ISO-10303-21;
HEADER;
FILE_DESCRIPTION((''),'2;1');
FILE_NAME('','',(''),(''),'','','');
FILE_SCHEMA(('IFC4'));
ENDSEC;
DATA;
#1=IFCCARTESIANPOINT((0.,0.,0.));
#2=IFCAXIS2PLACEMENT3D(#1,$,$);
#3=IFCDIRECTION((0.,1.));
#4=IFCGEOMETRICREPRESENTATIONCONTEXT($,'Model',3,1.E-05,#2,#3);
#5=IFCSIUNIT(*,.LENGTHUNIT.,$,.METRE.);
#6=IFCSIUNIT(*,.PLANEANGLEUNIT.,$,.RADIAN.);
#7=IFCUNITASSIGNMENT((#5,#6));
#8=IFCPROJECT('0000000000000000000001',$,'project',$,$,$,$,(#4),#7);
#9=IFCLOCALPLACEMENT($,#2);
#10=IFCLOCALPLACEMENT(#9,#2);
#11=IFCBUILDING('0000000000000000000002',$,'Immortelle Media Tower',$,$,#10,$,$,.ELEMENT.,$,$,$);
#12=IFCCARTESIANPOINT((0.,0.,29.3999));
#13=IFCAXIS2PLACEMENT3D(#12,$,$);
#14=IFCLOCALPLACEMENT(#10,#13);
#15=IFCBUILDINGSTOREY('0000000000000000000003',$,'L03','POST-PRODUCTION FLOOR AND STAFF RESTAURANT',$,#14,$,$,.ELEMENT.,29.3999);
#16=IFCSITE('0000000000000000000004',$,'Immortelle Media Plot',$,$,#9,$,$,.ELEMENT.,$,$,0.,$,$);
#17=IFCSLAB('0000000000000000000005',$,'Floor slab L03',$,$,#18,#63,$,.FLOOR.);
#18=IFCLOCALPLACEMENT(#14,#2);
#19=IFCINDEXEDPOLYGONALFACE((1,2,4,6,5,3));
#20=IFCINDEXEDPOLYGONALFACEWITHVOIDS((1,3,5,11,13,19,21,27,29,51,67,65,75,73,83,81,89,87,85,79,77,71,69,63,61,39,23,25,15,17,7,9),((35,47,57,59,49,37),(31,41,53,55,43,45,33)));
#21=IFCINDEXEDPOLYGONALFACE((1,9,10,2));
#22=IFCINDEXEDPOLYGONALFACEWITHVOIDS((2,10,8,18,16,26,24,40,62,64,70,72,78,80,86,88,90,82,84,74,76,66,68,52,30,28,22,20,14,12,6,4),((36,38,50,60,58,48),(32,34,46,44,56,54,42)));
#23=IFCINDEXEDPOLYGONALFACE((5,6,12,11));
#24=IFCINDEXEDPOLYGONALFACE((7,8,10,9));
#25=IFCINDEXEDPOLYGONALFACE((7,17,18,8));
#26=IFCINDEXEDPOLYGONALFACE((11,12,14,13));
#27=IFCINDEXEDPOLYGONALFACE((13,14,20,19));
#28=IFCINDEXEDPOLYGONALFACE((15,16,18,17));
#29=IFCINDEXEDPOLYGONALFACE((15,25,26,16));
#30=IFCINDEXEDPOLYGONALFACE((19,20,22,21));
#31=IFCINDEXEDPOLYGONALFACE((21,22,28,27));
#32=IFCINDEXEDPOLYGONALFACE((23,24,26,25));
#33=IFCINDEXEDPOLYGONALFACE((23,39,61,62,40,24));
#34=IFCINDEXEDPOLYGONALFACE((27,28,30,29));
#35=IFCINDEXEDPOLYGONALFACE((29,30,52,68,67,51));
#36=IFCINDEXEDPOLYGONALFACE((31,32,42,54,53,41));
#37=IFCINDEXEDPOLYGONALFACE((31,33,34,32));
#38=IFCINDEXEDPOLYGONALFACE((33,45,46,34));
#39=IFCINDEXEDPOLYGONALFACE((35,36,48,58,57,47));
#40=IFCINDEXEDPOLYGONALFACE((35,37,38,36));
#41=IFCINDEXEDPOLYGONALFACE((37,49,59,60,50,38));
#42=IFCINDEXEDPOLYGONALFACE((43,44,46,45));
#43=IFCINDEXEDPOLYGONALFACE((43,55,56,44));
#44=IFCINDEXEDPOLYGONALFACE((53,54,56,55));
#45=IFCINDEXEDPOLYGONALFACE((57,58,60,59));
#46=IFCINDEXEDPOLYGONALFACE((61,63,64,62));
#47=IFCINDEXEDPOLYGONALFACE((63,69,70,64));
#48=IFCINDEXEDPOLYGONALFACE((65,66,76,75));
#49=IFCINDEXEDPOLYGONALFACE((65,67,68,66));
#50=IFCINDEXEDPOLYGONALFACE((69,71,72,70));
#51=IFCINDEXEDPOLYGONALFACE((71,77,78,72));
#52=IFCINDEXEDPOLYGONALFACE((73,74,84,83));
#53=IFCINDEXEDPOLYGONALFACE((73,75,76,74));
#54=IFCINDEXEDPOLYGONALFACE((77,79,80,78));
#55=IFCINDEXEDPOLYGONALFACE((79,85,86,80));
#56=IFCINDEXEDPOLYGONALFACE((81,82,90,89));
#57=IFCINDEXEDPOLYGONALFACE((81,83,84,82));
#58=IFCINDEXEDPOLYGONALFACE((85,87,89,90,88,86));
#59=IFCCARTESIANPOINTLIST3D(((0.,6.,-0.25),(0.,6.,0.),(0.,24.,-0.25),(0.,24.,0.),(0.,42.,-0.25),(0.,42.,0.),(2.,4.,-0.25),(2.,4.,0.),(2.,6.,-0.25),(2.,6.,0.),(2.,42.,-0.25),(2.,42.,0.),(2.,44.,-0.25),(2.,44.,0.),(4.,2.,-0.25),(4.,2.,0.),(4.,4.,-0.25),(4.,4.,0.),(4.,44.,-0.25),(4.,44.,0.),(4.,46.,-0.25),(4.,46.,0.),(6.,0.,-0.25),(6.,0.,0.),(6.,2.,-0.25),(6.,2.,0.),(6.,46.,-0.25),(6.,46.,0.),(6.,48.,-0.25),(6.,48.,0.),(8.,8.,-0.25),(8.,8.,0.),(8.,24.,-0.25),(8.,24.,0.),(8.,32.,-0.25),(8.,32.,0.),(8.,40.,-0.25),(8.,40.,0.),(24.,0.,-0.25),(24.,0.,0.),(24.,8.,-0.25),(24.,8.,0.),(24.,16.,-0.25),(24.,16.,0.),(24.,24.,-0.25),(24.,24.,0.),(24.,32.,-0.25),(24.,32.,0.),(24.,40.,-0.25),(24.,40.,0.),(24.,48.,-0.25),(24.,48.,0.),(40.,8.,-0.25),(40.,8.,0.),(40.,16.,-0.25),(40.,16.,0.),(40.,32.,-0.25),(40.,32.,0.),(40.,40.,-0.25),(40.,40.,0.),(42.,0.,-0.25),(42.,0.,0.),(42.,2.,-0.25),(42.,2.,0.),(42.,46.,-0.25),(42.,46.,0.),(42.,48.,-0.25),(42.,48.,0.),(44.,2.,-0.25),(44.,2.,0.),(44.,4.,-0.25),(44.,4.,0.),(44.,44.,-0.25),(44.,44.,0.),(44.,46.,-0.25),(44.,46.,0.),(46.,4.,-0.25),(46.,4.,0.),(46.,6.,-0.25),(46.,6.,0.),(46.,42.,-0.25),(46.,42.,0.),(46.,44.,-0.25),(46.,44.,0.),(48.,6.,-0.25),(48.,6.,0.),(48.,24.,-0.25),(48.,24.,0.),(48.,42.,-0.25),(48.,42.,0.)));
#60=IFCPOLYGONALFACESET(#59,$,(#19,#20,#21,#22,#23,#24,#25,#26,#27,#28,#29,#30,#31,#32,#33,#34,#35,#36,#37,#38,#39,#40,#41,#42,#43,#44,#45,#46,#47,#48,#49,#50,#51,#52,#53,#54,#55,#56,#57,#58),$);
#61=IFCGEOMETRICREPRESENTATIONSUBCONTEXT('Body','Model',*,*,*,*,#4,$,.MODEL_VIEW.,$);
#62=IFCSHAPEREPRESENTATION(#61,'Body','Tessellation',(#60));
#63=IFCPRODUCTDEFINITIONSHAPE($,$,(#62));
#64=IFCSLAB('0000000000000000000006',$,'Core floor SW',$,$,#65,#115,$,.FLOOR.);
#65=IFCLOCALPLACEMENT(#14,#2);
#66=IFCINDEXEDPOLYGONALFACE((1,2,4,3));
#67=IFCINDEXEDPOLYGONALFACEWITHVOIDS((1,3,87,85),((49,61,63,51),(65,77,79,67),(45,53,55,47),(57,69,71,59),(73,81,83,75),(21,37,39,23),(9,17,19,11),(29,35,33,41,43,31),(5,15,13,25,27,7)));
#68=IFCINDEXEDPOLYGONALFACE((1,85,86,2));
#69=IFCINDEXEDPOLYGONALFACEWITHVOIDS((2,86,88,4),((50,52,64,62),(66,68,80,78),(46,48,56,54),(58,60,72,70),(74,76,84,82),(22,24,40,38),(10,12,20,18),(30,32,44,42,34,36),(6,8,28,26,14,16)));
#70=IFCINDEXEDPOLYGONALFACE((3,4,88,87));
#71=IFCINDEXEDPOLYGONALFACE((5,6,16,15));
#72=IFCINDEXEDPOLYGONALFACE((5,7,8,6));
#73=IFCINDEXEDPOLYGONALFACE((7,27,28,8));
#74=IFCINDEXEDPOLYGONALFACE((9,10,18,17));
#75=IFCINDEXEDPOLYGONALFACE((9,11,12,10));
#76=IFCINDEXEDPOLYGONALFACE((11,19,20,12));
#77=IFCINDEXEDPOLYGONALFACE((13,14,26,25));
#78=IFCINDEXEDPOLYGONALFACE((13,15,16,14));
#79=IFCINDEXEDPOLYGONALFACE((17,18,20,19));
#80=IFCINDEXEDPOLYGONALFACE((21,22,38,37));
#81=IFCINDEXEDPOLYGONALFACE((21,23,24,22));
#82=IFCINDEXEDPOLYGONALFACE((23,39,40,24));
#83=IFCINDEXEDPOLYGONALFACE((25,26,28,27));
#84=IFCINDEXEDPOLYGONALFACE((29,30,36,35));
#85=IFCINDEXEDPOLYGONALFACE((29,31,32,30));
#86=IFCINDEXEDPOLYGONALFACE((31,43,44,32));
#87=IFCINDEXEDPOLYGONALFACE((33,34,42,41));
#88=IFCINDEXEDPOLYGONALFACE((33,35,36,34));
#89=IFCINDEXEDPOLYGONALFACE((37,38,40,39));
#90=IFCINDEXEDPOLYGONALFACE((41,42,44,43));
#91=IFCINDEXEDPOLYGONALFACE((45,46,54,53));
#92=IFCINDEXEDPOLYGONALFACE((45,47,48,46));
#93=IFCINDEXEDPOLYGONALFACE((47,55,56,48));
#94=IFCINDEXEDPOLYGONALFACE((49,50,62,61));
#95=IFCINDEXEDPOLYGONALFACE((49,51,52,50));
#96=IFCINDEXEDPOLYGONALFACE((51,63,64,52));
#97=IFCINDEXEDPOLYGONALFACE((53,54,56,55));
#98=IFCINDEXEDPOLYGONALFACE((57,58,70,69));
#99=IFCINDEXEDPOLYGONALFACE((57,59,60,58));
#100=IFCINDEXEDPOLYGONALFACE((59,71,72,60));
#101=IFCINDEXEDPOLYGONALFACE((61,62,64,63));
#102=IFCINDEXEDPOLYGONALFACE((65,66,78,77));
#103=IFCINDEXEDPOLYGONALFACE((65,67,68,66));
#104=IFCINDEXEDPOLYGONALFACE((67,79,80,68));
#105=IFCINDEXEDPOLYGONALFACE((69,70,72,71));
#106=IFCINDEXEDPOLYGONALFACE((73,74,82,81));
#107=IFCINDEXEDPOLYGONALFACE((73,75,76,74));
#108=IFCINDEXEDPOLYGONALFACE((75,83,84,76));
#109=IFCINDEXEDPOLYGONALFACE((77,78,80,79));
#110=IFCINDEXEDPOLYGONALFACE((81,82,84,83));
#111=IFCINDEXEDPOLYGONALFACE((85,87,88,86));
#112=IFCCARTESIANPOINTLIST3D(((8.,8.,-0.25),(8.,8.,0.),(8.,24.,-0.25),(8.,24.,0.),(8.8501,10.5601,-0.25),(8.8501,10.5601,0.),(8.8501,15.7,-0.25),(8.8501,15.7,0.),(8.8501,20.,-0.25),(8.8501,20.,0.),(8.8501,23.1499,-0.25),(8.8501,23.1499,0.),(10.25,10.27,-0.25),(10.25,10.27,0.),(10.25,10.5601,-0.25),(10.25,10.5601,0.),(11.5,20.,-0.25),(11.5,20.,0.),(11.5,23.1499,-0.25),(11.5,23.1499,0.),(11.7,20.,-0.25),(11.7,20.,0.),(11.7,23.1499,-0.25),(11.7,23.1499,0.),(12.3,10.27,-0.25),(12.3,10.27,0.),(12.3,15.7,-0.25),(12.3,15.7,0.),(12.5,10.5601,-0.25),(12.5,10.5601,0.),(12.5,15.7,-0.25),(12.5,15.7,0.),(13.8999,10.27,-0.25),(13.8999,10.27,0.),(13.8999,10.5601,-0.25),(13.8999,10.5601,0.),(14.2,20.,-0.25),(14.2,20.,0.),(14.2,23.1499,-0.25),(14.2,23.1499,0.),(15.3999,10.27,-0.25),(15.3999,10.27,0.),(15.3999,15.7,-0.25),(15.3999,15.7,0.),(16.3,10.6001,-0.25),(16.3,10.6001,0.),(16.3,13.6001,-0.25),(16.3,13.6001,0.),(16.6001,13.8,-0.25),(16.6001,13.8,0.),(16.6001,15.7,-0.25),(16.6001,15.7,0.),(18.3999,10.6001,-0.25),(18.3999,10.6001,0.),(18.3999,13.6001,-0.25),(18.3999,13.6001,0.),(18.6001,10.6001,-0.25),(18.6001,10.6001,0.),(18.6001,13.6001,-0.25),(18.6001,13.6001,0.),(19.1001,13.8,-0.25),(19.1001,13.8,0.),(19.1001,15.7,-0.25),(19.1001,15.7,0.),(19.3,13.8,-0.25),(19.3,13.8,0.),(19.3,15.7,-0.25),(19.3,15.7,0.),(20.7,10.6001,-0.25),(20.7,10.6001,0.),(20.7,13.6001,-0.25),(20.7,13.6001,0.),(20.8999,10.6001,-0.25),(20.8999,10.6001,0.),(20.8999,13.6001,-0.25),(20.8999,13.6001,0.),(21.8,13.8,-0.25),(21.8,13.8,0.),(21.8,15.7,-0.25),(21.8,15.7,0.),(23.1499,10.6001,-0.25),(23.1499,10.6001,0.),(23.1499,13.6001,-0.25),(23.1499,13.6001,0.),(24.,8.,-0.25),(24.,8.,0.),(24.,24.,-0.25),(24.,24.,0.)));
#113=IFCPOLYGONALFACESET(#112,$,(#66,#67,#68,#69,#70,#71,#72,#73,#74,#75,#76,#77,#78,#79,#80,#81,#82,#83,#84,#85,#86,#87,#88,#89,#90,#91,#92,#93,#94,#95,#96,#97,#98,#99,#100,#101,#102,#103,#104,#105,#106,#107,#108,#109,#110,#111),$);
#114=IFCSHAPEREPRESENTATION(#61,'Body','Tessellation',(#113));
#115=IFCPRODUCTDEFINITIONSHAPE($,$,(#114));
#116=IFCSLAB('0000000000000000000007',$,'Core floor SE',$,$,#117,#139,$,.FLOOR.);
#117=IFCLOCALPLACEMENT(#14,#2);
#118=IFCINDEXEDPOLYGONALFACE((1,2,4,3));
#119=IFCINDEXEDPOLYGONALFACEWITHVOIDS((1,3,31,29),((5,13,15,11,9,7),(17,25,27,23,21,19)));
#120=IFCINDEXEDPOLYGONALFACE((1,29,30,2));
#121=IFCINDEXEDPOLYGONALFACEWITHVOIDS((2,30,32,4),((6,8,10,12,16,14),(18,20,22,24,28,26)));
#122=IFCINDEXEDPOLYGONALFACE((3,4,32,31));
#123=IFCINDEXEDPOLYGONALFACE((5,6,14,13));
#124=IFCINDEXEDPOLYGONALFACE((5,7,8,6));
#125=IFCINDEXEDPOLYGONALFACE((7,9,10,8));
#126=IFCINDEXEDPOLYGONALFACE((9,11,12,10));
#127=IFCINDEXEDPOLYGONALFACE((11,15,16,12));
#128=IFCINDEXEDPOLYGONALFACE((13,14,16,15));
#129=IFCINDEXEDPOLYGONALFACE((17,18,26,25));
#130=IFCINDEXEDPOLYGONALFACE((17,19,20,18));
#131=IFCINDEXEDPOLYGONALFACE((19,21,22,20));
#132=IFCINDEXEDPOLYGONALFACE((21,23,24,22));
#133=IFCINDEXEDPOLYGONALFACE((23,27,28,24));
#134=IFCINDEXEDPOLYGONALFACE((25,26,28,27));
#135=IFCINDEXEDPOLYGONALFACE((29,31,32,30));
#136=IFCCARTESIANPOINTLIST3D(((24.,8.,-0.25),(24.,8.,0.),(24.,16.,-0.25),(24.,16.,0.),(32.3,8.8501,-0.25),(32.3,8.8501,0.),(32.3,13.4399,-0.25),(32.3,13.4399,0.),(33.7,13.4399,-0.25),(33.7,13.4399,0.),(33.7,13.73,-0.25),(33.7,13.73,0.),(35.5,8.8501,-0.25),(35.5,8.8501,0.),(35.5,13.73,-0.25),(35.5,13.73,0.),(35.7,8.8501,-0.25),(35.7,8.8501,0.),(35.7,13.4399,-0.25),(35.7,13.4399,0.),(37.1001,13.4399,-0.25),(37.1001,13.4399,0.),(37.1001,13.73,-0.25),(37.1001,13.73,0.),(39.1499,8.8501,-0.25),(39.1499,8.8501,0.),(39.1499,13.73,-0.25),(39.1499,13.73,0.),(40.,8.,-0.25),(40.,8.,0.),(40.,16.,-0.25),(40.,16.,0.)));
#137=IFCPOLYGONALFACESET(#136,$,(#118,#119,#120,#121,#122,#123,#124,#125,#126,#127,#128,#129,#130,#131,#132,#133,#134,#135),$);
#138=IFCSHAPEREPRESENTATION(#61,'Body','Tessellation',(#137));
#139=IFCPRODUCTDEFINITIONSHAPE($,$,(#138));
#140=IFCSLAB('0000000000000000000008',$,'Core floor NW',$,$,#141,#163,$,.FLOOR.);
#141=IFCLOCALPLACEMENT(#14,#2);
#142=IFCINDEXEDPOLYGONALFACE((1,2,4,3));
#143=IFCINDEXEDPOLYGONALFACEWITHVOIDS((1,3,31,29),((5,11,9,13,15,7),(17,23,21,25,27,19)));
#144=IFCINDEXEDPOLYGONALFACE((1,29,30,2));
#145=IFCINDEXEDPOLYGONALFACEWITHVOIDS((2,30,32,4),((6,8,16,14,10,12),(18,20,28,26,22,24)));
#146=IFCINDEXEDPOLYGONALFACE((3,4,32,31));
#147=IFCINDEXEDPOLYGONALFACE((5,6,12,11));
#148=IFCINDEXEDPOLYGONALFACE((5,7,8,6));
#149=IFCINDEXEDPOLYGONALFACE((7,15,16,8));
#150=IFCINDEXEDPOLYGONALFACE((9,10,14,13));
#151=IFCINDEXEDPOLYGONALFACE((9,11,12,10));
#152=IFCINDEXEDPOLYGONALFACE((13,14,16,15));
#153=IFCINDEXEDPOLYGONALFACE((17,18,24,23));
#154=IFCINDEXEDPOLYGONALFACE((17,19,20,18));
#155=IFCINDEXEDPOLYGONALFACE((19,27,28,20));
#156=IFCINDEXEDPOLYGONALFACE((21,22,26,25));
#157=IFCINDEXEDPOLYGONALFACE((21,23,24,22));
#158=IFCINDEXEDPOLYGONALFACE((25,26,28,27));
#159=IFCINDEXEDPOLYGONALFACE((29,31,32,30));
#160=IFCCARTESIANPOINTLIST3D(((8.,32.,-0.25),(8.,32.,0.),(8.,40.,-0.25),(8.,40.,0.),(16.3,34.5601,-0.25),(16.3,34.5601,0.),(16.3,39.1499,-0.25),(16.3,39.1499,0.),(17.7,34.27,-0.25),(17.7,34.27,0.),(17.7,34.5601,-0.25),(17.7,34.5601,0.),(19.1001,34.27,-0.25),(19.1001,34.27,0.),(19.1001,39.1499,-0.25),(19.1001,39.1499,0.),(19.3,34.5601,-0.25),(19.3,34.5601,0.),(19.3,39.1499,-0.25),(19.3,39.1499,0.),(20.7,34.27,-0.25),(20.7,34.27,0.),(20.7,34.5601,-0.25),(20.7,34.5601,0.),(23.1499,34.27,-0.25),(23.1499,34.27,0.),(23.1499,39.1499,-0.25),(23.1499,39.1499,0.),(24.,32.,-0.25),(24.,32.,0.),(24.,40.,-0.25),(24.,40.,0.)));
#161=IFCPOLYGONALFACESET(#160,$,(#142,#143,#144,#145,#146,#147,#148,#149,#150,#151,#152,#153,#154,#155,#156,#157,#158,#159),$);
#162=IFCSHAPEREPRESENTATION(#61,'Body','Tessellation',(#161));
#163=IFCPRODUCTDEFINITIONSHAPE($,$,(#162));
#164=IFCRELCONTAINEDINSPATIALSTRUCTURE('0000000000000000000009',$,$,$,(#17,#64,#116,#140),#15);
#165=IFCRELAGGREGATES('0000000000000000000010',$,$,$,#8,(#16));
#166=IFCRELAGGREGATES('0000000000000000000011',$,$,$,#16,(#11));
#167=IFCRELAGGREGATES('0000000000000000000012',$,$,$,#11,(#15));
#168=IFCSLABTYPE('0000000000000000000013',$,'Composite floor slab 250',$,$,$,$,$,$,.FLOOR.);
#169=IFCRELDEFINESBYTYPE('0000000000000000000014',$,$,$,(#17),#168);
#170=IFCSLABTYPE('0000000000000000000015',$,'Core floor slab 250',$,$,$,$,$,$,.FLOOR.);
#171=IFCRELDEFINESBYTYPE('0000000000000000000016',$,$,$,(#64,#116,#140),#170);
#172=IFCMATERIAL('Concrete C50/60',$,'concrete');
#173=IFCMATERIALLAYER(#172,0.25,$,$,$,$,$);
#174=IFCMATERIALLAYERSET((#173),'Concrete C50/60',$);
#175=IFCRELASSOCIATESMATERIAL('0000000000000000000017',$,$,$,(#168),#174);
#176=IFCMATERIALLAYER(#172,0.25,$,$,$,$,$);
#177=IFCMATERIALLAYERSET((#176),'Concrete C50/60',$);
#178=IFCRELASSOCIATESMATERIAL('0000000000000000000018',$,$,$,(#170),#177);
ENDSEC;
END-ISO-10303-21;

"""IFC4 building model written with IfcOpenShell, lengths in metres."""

from ifc_helpers import new_model, si_unit, direction, frame, origin, place, context, subcontext, project, spatial, polyline, outline, extrude, material, layer, layer_set, type_object, element, save


model = new_model("IFC4")

# Units and contexts
model_context = context("Model", 3, precision=1e-05, world=origin(), true_north=direction((0.0, 1.0)))
body_context = subcontext(model_context, "Body", "Model", "MODEL_VIEW")
ifc_project = project(units=[si_unit("LENGTHUNIT", "METRE"), si_unit("PLANEANGLEUNIT", "RADIAN")], contexts=[model_context])

# Site, building, storey
site_placement = place(None, origin())
site = spatial("IfcSite", under=ifc_project, at=site_placement, Name="Immortelle Media Plot", CompositionType="ELEMENT", RefElevation=0.0)
building_placement = place(site_placement, origin())
building = spatial("IfcBuilding", under=site, at=building_placement, Name="Immortelle Media Tower", CompositionType="ELEMENT")
storey_placement = place(building_placement, frame((0.0, 0.0, 29.3999)))
storey = spatial("IfcBuildingStorey", under=building, at=storey_placement, Name="L03", Description="POST-PRODUCTION FLOOR AND STAFF RESTAURANT", CompositionType="ELEMENT", Elevation=29.3999)

# Slabs
ifc_material_1 = material(Name="Concrete C50/60", Category="concrete")
ifc_layer_1 = layer(ifc_material_1, 0.25)
ifc_layer_set_1 = layer_set([ifc_layer_1], Name="Concrete C50/60")
slab_type_1 = type_object("IfcSlabType", Name="Composite floor slab 250", PredefinedType="FLOOR", material=ifc_layer_set_1)
slab_1_placement = place(storey_placement, frame((0.0, 0.0, -0.25)))
element("IfcSlab", 1, at=slab_1_placement, inside=storey, type_object=slab_type_1, Name="Floor slab L03", PredefinedType="FLOOR", context=body_context, shape_type="SweptSolid", body=[
    extrude(outline(polyline([(0.0, 42.0), (2.0, 42.0), (2.0, 44.0), (4.0, 44.0), (4.0, 46.0), (6.0, 46.0), (6.0, 48.0), (24.0, 48.0), (42.0, 48.0), (42.0, 46.0), (44.0, 46.0), (44.0, 44.0), (46.0, 44.0), (46.0, 42.0), (48.0, 42.0), (48.0, 24.0), (48.0, 6.0), (46.0, 6.0), (46.0, 4.0), (44.0, 4.0), (44.0, 2.0), (42.0, 2.0), (42.0, 0.0), (24.0, 0.0), (6.0, 0.0), (6.0, 2.0), (4.0, 2.0), (4.0, 4.0), (2.0, 4.0), (2.0, 6.0), (0.0, 6.0), (0.0, 24.0), (0.0, 42.0)]), holes=[polyline([(40.0, 16.0), (24.0, 16.0), (24.0, 24.0), (8.0, 24.0), (8.0, 8.0), (24.0, 8.0), (40.0, 8.0), (40.0, 16.0)]), polyline([(8.0, 32.0), (24.0, 32.0), (40.0, 32.0), (40.0, 40.0), (24.0, 40.0), (8.0, 40.0), (8.0, 32.0)])]), origin(), (0.0, 0.0, 1.0), 0.25),
])
ifc_layer_2 = layer(ifc_material_1, 0.25)
ifc_layer_set_2 = layer_set([ifc_layer_2], Name="Concrete C50/60")
slab_type_2 = type_object("IfcSlabType", Name="Core floor slab 250", PredefinedType="FLOOR", material=ifc_layer_set_2)
slab_2_placement = place(storey_placement, frame((0.0, 0.0, -0.25)))
element("IfcSlab", 2, at=slab_2_placement, inside=storey, type_object=slab_type_2, Name="Core floor SW", PredefinedType="FLOOR", context=body_context, shape_type="SweptSolid", body=[
    extrude(outline(polyline([(8.0, 8.0), (24.0, 8.0), (24.0, 24.0), (8.0, 24.0), (8.0, 8.0)]), holes=[polyline([(8.8501, 20.0), (11.5, 20.0), (11.5, 23.1499), (8.8501, 23.1499), (8.8501, 20.0)]), polyline([(11.7, 20.0), (14.2, 20.0), (14.2, 23.1499), (11.7, 23.1499), (11.7, 20.0)]), polyline([(16.6001, 13.8), (19.1001, 13.8), (19.1001, 15.7), (16.6001, 15.7), (16.6001, 13.8)]), polyline([(19.3, 13.8), (21.8, 13.8), (21.8, 15.7), (19.3, 15.7), (19.3, 13.8)]), polyline([(16.3, 10.6001), (18.3999, 10.6001), (18.3999, 13.6001), (16.3, 13.6001), (16.3, 10.6001)]), polyline([(18.6001, 10.6001), (20.7, 10.6001), (20.7, 13.6001), (18.6001, 13.6001), (18.6001, 10.6001)]), polyline([(20.8999, 10.6001), (23.1499, 10.6001), (23.1499, 13.6001), (20.8999, 13.6001), (20.8999, 10.6001)]), polyline([(8.8501, 15.7), (12.3, 15.7), (12.3, 10.27), (10.25, 10.27), (10.25, 10.5601), (8.8501, 10.5601), (8.8501, 15.7)]), polyline([(12.5, 15.7), (15.3999, 15.7), (15.3999, 10.27), (13.8999, 10.27), (13.8999, 10.5601), (12.5, 10.5601), (12.5, 15.7)])]), origin(), (0.0, 0.0, 1.0), 0.25),
])
slab_3_placement = place(storey_placement, frame((0.0, 0.0, -0.25)))
element("IfcSlab", 3, at=slab_3_placement, inside=storey, type_object=slab_type_2, Name="Core floor SE", PredefinedType="FLOOR", context=body_context, shape_type="SweptSolid", body=[
    extrude(outline(polyline([(24.0, 8.0), (40.0, 8.0), (40.0, 16.0), (24.0, 16.0), (24.0, 8.0)]), holes=[polyline([(35.5, 13.73), (35.5, 8.8501), (32.3, 8.8501), (32.3, 13.4399), (33.7, 13.4399), (33.7, 13.73), (35.5, 13.73)]), polyline([(39.1499, 13.73), (39.1499, 8.8501), (35.7, 8.8501), (35.7, 13.4399), (37.1001, 13.4399), (37.1001, 13.73), (39.1499, 13.73)])]), origin(), (0.0, 0.0, 1.0), 0.25),
])
slab_4_placement = place(storey_placement, frame((0.0, 0.0, -0.25)))
element("IfcSlab", 4, at=slab_4_placement, inside=storey, type_object=slab_type_2, Name="Core floor NW", PredefinedType="FLOOR", context=body_context, shape_type="SweptSolid", body=[
    extrude(outline(polyline([(8.0, 32.0), (24.0, 32.0), (24.0, 40.0), (8.0, 40.0), (8.0, 32.0)]), holes=[polyline([(16.3, 39.1499), (19.1001, 39.1499), (19.1001, 34.27), (17.7, 34.27), (17.7, 34.5601), (16.3, 34.5601), (16.3, 39.1499)]), polyline([(19.3, 39.1499), (23.1499, 39.1499), (23.1499, 34.27), (20.7, 34.27), (20.7, 34.5601), (19.3, 34.5601), (19.3, 39.1499)])]), origin(), (0.0, 0.0, 1.0), 0.25),
])

save(model, "model.ifc")
